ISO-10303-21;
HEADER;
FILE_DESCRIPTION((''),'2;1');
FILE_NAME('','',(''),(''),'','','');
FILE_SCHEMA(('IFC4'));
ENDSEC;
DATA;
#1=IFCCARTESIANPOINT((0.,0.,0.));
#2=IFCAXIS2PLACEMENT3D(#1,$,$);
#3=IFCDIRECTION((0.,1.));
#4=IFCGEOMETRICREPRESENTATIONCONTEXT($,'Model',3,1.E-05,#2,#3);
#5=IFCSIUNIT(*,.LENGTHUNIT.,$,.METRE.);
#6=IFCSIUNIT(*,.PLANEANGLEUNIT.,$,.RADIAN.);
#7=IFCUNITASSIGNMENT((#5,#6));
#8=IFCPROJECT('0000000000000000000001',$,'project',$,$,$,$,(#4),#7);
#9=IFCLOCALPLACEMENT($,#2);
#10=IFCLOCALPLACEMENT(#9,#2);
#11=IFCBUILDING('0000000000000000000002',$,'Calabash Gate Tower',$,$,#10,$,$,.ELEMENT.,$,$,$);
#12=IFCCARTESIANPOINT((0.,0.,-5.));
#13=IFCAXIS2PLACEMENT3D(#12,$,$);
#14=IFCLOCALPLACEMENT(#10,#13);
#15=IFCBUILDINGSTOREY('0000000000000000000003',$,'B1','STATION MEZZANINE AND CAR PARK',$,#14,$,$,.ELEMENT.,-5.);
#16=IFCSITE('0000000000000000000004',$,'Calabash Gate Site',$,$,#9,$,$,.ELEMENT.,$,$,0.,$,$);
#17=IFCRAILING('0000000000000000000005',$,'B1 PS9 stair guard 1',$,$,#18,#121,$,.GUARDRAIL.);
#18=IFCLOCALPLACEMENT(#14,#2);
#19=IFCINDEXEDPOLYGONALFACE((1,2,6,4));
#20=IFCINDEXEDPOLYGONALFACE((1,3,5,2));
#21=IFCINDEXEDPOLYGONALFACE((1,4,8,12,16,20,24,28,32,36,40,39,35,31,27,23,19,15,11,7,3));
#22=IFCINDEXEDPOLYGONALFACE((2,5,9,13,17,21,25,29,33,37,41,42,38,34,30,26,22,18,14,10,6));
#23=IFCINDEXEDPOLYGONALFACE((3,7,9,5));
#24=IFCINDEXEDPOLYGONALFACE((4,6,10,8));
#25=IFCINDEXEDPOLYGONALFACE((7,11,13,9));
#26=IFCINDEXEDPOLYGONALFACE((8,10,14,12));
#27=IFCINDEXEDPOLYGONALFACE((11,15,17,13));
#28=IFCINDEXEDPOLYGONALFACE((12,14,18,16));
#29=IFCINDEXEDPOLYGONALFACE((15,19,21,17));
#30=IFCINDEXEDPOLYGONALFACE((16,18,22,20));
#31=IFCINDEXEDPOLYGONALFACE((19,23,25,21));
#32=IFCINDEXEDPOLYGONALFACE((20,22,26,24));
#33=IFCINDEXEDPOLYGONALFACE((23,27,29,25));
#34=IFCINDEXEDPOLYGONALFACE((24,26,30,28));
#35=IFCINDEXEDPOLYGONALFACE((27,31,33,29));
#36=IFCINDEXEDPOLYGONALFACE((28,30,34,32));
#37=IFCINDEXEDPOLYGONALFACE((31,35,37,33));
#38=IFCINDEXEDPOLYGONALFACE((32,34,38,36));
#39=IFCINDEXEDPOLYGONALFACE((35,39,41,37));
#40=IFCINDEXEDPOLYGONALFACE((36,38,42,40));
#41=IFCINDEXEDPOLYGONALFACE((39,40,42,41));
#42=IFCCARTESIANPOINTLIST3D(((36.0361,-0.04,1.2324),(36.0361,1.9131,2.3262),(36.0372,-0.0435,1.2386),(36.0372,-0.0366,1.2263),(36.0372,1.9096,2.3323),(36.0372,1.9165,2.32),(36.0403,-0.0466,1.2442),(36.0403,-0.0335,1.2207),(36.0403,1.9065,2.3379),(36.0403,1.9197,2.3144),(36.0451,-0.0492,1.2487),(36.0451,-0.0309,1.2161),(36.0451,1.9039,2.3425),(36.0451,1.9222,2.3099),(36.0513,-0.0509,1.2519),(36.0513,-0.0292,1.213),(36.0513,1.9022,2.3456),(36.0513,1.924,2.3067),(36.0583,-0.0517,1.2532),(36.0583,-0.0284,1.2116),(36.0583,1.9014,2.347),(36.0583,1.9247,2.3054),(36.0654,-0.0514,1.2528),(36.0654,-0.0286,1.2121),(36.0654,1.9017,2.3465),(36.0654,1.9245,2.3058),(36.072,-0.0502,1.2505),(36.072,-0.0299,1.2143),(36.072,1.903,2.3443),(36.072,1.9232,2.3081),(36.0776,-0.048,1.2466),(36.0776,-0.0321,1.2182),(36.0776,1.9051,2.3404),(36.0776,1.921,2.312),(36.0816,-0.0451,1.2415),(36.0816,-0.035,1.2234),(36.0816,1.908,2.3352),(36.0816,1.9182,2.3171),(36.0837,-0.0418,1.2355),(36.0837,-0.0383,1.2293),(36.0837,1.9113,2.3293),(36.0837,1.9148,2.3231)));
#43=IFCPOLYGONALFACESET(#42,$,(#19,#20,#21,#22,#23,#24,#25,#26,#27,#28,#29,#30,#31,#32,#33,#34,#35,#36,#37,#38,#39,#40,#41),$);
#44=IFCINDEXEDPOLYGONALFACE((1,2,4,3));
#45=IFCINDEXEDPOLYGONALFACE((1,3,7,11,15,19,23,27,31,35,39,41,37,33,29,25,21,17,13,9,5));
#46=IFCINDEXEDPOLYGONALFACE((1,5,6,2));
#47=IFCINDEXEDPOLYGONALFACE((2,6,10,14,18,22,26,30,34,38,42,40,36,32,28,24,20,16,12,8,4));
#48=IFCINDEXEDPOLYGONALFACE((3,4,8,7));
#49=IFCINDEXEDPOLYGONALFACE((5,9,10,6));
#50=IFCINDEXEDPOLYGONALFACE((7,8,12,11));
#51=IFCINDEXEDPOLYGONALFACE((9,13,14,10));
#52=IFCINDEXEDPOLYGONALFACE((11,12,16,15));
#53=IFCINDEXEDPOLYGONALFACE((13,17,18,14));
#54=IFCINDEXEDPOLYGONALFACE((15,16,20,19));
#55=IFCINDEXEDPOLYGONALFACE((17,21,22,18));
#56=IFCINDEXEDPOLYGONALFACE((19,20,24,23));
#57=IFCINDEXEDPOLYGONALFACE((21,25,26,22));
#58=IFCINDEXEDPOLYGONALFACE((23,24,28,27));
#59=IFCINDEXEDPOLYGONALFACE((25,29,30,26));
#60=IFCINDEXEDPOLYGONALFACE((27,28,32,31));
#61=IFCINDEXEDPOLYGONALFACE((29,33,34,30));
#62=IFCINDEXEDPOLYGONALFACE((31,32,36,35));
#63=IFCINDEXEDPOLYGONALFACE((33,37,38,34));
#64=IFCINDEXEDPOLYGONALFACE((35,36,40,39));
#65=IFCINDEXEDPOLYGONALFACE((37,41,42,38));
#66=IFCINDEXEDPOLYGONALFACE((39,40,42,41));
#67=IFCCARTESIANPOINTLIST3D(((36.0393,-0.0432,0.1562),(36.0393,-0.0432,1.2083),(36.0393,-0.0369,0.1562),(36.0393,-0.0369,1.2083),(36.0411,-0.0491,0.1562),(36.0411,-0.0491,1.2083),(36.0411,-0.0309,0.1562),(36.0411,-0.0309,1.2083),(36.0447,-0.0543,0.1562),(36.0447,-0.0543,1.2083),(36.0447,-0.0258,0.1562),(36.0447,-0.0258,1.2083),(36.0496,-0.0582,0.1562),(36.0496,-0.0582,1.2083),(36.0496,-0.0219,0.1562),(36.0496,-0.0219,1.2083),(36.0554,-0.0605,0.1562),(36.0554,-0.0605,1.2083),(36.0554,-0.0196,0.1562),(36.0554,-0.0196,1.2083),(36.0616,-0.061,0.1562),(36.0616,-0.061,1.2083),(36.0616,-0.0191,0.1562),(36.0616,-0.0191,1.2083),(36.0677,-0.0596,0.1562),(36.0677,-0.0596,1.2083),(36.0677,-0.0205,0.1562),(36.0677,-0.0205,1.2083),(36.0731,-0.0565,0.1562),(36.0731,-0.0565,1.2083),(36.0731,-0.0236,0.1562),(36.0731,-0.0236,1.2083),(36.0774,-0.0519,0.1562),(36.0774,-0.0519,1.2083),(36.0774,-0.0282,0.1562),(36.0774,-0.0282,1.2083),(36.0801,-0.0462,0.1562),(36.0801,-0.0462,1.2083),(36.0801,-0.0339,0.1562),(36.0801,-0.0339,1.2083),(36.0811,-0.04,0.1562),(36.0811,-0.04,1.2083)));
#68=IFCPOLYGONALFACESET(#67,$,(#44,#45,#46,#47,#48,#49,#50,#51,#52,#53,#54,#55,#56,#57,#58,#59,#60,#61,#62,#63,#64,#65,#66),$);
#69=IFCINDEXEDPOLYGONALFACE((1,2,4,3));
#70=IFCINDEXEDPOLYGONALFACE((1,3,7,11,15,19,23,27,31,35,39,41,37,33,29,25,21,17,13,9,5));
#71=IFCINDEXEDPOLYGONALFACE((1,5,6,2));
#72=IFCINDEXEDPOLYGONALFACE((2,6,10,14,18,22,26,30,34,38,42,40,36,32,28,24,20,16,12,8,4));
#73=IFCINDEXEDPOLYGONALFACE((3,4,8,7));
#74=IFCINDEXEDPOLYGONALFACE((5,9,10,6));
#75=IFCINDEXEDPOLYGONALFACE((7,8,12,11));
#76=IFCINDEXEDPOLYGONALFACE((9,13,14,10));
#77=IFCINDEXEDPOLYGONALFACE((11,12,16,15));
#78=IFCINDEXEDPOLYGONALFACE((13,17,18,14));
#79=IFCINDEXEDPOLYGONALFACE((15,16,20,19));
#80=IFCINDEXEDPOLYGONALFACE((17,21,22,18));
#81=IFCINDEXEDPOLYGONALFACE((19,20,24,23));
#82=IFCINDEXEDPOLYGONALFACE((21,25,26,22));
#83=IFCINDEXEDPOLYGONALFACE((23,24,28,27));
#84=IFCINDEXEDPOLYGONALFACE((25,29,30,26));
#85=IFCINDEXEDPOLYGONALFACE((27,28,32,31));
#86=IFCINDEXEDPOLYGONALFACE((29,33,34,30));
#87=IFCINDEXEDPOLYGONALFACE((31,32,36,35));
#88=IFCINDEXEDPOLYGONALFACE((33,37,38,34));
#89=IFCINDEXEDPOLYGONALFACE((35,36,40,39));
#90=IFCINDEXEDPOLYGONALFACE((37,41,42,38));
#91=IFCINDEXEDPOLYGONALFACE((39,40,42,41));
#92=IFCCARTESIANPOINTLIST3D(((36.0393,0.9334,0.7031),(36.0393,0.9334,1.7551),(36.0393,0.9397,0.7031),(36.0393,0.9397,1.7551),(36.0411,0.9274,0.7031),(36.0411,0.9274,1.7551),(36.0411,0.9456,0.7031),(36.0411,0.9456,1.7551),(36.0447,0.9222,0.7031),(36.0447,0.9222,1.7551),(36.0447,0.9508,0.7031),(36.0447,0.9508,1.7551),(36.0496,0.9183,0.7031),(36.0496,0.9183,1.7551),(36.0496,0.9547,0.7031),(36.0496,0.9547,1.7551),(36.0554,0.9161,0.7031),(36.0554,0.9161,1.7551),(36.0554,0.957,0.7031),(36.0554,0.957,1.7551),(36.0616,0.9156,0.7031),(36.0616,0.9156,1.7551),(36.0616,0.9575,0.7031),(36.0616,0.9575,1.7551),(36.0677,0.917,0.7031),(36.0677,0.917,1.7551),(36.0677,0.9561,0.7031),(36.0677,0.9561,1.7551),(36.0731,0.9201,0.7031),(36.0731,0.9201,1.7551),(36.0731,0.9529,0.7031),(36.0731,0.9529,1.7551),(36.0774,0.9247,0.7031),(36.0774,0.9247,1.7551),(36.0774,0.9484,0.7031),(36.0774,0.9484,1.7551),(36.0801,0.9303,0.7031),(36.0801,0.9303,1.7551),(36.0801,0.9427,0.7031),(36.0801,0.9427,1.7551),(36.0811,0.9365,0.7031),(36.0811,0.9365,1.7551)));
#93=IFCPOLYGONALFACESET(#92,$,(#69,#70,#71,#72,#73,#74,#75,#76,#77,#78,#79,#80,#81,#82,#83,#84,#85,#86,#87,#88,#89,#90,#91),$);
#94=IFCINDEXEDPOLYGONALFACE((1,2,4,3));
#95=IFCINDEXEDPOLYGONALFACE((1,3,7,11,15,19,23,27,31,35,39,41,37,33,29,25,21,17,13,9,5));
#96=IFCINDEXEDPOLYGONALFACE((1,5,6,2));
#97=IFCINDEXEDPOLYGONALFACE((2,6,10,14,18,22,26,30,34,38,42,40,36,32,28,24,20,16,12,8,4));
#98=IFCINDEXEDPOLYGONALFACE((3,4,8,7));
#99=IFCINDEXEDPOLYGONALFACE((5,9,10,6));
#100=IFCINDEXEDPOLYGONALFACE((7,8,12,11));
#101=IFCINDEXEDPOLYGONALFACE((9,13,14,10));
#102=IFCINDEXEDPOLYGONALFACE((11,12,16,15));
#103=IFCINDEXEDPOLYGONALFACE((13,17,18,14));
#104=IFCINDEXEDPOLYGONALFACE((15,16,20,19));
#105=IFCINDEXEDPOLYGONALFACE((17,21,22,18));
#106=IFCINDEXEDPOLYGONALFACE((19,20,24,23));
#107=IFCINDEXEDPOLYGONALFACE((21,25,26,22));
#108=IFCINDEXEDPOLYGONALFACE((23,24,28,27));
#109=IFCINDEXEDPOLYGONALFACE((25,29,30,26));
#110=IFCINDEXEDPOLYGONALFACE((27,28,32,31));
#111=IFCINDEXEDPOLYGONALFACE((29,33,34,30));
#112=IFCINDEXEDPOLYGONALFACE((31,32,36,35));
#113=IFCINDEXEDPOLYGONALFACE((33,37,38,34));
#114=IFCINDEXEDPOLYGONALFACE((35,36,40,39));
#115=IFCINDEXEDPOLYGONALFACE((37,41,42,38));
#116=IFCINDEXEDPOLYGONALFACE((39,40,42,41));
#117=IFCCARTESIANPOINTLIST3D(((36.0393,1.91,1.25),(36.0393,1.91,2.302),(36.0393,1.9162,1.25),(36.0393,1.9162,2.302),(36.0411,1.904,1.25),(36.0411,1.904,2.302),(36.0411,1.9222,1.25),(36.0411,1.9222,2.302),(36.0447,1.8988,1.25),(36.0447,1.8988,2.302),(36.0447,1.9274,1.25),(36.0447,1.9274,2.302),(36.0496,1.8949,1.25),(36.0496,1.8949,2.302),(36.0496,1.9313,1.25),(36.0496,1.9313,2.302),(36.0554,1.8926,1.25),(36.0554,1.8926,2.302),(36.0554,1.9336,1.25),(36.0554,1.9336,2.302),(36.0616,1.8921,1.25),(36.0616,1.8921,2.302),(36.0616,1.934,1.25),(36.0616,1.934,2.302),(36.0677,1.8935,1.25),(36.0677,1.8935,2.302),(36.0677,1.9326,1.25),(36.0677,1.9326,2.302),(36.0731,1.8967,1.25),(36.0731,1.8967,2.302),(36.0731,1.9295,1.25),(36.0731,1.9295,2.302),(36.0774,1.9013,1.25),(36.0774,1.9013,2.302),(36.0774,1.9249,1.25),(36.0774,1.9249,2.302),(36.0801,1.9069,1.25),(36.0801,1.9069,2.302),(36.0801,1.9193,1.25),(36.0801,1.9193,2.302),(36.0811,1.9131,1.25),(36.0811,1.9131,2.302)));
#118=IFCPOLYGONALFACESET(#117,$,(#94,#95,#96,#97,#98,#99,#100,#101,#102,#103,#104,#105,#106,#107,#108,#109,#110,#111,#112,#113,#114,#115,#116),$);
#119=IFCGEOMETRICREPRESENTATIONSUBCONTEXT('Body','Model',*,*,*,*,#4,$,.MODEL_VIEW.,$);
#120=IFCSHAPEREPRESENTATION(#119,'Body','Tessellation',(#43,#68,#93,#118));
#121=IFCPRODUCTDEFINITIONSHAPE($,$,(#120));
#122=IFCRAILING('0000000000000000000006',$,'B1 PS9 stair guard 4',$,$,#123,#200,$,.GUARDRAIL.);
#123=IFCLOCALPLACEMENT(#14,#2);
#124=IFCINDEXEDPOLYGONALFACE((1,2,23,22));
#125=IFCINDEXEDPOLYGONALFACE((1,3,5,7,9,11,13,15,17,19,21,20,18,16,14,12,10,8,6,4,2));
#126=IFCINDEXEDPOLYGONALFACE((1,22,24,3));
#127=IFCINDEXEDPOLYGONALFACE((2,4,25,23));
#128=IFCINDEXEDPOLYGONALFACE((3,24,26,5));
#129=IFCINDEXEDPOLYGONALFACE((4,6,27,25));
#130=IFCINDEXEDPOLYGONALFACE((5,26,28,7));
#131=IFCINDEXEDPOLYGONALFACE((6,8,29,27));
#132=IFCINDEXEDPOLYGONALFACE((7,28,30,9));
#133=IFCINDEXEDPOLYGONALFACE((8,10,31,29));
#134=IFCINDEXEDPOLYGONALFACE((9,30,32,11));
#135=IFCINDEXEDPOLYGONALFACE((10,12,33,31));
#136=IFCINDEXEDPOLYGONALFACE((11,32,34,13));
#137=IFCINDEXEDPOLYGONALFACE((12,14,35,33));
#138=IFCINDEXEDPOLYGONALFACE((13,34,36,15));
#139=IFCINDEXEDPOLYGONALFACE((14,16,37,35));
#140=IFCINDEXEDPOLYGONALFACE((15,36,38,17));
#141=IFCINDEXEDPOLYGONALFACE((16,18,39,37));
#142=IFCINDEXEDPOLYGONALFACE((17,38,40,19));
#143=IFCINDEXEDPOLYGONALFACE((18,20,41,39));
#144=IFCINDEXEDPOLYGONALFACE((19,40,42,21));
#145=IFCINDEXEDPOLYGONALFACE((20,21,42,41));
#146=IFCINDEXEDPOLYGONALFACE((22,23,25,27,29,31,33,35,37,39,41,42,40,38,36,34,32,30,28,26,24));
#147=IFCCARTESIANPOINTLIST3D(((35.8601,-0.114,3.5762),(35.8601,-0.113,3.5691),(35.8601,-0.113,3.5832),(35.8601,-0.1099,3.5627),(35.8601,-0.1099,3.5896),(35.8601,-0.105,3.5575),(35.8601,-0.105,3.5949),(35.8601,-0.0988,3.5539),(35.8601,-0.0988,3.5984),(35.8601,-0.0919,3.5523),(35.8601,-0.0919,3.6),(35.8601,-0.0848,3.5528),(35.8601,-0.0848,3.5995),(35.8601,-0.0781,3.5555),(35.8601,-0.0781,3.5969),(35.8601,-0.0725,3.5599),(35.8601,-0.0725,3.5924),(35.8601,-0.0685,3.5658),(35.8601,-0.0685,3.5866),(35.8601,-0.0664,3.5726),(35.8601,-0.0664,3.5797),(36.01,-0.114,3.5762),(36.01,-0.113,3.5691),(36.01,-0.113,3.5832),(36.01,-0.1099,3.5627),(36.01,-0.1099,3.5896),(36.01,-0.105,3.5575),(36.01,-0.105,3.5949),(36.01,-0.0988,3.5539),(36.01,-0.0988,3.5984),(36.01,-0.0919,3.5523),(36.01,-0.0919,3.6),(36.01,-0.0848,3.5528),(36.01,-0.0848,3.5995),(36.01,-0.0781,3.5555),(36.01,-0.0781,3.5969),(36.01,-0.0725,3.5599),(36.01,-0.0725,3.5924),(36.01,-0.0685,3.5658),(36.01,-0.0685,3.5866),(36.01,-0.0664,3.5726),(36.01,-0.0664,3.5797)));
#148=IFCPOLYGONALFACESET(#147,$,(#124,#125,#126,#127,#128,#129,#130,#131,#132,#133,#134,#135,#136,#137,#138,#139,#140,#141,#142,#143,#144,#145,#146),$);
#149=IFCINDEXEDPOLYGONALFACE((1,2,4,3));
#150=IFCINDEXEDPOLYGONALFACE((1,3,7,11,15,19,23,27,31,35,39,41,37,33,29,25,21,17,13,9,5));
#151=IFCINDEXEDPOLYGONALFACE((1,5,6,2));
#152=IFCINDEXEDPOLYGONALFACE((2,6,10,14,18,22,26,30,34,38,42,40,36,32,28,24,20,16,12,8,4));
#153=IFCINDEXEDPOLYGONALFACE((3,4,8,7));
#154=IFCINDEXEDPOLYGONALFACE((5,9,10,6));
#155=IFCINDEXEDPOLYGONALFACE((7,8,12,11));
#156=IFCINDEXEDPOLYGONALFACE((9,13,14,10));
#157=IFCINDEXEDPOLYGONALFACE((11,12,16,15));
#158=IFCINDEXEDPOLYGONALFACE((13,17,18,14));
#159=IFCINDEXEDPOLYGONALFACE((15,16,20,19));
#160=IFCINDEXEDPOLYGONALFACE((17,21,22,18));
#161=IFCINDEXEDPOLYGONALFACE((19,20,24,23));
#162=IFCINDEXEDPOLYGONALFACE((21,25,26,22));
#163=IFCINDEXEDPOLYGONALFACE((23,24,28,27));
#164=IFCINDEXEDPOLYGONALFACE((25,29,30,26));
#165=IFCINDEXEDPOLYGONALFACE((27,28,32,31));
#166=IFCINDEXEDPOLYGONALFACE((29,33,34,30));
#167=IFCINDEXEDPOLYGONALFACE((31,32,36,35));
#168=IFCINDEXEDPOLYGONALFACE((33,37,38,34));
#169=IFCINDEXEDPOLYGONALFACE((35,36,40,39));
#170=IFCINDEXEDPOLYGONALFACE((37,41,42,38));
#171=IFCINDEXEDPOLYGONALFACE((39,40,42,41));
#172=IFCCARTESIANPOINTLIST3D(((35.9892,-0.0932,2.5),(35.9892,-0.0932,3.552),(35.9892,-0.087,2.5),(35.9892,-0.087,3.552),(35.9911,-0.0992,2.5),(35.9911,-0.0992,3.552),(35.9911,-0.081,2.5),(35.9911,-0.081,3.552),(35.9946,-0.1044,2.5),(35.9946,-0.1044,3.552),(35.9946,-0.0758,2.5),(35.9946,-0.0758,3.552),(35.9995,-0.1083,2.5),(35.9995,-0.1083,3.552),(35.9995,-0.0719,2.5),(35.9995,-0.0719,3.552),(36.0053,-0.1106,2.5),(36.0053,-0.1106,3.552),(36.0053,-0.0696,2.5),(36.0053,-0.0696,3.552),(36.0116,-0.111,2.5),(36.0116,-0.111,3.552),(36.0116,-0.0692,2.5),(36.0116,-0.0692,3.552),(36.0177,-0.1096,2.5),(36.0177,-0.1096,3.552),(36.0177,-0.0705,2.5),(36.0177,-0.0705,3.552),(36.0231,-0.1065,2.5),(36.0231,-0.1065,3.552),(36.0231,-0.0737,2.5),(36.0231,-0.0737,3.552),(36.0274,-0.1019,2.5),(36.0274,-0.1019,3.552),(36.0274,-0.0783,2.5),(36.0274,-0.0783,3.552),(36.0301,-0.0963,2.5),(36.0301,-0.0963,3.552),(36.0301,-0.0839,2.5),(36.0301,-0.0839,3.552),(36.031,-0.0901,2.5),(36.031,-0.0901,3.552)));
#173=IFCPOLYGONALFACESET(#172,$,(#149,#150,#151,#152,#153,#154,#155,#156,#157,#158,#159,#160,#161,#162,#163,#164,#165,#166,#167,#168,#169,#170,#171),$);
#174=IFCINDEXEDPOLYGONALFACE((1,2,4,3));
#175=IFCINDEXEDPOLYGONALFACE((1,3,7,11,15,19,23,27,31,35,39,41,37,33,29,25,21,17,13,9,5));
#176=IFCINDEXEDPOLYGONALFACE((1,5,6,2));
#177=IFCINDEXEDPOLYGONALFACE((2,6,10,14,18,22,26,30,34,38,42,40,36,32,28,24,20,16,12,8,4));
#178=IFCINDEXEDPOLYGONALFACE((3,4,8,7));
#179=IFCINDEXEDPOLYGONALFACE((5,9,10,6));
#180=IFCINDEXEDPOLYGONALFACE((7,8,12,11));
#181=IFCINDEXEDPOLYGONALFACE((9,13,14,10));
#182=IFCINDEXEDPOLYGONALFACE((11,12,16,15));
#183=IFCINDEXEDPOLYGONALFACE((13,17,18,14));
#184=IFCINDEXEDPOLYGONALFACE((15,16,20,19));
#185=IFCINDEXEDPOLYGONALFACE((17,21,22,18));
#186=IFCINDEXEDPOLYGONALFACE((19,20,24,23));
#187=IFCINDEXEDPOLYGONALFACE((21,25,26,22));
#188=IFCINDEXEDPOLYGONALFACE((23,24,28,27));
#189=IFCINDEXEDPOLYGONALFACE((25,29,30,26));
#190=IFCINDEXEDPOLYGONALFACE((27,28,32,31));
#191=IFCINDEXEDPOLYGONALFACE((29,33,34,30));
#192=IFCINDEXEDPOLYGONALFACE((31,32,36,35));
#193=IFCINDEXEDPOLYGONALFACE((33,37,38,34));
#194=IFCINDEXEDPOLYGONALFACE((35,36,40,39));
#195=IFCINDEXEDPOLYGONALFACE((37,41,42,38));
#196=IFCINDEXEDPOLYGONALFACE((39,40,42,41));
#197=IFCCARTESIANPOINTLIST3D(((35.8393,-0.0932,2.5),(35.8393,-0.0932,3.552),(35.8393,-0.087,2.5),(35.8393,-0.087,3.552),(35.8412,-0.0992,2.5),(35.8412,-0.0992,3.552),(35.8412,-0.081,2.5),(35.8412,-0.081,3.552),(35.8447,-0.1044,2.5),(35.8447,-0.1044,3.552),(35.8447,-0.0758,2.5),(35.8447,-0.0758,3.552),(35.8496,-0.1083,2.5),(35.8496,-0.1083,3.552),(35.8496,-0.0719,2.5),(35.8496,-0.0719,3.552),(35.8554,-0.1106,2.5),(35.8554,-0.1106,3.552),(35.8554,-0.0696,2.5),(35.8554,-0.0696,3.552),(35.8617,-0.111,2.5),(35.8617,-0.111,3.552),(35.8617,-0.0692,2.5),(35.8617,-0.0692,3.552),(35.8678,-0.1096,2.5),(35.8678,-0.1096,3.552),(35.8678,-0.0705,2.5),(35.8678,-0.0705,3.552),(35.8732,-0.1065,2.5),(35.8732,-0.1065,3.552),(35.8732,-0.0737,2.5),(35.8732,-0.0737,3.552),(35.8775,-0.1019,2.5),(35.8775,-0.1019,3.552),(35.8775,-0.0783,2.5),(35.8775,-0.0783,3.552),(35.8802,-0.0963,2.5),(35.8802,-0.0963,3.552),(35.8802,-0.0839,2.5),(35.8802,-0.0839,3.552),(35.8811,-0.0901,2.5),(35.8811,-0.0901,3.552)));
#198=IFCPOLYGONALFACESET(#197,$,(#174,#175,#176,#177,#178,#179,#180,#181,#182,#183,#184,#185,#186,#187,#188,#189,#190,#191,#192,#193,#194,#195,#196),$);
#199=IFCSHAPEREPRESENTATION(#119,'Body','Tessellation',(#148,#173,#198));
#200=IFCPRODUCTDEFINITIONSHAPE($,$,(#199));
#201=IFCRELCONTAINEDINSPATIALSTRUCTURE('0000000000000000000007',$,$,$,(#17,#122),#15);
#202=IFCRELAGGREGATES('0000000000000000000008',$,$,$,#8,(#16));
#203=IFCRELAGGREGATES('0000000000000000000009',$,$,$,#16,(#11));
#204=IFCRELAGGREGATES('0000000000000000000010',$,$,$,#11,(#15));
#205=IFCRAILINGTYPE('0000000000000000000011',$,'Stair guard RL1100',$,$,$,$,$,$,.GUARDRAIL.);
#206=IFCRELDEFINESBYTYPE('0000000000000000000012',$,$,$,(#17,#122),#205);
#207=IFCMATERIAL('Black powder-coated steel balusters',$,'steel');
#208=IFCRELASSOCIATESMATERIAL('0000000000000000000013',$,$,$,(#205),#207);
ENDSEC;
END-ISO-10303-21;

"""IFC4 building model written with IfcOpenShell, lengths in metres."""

from ifc_helpers import new_model, si_unit, direction, frame, origin, origin_2d, place, context, subcontext, project, spatial, circle, extrude, material, type_object, element, save


model = new_model("IFC4")

# Units and contexts
model_context = context("Model", 3, precision=1e-05, world=origin(), true_north=direction((0.0, 1.0)))
body_context = subcontext(model_context, "Body", "Model", "MODEL_VIEW")
ifc_project = project(units=[si_unit("LENGTHUNIT", "METRE"), si_unit("PLANEANGLEUNIT", "RADIAN")], contexts=[model_context])

# Site, building, storey
site_placement = place(None, origin())
site = spatial("IfcSite", under=ifc_project, at=site_placement, Name="Calabash Gate Site", CompositionType="ELEMENT", RefElevation=0.0)
building_placement = place(site_placement, origin())
building = spatial("IfcBuilding", under=site, at=building_placement, Name="Calabash Gate Tower", CompositionType="ELEMENT")
storey_placement = place(building_placement, frame((0.0, 0.0, -5.0)))
storey = spatial("IfcBuildingStorey", under=building, at=storey_placement, Name="B1", Description="STATION MEZZANINE AND CAR PARK", CompositionType="ELEMENT", Elevation=-5.0)

# Railings
ifc_material_1 = material(Name="Black powder-coated steel balusters", Category="steel")
railing_type_1 = type_object("IfcRailingType", Name="Stair guard RL1100", PredefinedType="GUARDRAIL", material=ifc_material_1)
railing_1_placement = place(storey_placement, frame((36.0601, -0.04, 0.1562)))
element("IfcRailing", 1, at=railing_1_placement, inside=storey, type_object=railing_type_1, Name="B1 PS9 stair guard 1", PredefinedType="GUARDRAIL", context=body_context, shape_type="SweptSolid", body=[
    extrude(circle(Radius=0.0239, at=origin_2d()), frame((0.0, 0.0, 1.0762), z_axis=(0.0, 0.872506, 0.488603), x_axis=(-1.0, 0.0, 0.0)), (0.0, 0.0, 1.0), 2.2385),
    extrude(circle(Radius=0.021, at=origin_2d()), origin(), (0.0, 0.0, 1.0), 1.052),
    extrude(circle(Radius=0.021, at=origin_2d()), frame((0.0, 0.9766, 0.5469)), (0.0, 0.0, 1.0), 1.052),
    extrude(circle(Radius=0.021, at=origin_2d()), frame((0.0, 1.9531, 1.0938)), (0.0, 0.0, 1.0), 1.052),
])
railing_2_placement = place(storey_placement, frame((36.01, -0.0901, 2.5)))
element("IfcRailing", 2, at=railing_2_placement, inside=storey, type_object=railing_type_1, Name="B1 PS9 stair guard 4", PredefinedType="GUARDRAIL", context=body_context, shape_type="SweptSolid", body=[
    extrude(circle(Radius=0.0239, at=origin_2d()), frame((0.0, 0.0, 1.0762), z_axis=(-1.0, 0.0, 0.0), x_axis=(0.0, -1.0, 0.0)), (0.0, 0.0, 1.0), 0.1499),
    extrude(circle(Radius=0.021, at=origin_2d()), origin(), (0.0, 0.0, 1.0), 1.052),
    extrude(circle(Radius=0.021, at=origin_2d()), frame((-0.1499, 0.0, 0.0)), (0.0, 0.0, 1.0), 1.052),
])

save(model, "model.ifc")
